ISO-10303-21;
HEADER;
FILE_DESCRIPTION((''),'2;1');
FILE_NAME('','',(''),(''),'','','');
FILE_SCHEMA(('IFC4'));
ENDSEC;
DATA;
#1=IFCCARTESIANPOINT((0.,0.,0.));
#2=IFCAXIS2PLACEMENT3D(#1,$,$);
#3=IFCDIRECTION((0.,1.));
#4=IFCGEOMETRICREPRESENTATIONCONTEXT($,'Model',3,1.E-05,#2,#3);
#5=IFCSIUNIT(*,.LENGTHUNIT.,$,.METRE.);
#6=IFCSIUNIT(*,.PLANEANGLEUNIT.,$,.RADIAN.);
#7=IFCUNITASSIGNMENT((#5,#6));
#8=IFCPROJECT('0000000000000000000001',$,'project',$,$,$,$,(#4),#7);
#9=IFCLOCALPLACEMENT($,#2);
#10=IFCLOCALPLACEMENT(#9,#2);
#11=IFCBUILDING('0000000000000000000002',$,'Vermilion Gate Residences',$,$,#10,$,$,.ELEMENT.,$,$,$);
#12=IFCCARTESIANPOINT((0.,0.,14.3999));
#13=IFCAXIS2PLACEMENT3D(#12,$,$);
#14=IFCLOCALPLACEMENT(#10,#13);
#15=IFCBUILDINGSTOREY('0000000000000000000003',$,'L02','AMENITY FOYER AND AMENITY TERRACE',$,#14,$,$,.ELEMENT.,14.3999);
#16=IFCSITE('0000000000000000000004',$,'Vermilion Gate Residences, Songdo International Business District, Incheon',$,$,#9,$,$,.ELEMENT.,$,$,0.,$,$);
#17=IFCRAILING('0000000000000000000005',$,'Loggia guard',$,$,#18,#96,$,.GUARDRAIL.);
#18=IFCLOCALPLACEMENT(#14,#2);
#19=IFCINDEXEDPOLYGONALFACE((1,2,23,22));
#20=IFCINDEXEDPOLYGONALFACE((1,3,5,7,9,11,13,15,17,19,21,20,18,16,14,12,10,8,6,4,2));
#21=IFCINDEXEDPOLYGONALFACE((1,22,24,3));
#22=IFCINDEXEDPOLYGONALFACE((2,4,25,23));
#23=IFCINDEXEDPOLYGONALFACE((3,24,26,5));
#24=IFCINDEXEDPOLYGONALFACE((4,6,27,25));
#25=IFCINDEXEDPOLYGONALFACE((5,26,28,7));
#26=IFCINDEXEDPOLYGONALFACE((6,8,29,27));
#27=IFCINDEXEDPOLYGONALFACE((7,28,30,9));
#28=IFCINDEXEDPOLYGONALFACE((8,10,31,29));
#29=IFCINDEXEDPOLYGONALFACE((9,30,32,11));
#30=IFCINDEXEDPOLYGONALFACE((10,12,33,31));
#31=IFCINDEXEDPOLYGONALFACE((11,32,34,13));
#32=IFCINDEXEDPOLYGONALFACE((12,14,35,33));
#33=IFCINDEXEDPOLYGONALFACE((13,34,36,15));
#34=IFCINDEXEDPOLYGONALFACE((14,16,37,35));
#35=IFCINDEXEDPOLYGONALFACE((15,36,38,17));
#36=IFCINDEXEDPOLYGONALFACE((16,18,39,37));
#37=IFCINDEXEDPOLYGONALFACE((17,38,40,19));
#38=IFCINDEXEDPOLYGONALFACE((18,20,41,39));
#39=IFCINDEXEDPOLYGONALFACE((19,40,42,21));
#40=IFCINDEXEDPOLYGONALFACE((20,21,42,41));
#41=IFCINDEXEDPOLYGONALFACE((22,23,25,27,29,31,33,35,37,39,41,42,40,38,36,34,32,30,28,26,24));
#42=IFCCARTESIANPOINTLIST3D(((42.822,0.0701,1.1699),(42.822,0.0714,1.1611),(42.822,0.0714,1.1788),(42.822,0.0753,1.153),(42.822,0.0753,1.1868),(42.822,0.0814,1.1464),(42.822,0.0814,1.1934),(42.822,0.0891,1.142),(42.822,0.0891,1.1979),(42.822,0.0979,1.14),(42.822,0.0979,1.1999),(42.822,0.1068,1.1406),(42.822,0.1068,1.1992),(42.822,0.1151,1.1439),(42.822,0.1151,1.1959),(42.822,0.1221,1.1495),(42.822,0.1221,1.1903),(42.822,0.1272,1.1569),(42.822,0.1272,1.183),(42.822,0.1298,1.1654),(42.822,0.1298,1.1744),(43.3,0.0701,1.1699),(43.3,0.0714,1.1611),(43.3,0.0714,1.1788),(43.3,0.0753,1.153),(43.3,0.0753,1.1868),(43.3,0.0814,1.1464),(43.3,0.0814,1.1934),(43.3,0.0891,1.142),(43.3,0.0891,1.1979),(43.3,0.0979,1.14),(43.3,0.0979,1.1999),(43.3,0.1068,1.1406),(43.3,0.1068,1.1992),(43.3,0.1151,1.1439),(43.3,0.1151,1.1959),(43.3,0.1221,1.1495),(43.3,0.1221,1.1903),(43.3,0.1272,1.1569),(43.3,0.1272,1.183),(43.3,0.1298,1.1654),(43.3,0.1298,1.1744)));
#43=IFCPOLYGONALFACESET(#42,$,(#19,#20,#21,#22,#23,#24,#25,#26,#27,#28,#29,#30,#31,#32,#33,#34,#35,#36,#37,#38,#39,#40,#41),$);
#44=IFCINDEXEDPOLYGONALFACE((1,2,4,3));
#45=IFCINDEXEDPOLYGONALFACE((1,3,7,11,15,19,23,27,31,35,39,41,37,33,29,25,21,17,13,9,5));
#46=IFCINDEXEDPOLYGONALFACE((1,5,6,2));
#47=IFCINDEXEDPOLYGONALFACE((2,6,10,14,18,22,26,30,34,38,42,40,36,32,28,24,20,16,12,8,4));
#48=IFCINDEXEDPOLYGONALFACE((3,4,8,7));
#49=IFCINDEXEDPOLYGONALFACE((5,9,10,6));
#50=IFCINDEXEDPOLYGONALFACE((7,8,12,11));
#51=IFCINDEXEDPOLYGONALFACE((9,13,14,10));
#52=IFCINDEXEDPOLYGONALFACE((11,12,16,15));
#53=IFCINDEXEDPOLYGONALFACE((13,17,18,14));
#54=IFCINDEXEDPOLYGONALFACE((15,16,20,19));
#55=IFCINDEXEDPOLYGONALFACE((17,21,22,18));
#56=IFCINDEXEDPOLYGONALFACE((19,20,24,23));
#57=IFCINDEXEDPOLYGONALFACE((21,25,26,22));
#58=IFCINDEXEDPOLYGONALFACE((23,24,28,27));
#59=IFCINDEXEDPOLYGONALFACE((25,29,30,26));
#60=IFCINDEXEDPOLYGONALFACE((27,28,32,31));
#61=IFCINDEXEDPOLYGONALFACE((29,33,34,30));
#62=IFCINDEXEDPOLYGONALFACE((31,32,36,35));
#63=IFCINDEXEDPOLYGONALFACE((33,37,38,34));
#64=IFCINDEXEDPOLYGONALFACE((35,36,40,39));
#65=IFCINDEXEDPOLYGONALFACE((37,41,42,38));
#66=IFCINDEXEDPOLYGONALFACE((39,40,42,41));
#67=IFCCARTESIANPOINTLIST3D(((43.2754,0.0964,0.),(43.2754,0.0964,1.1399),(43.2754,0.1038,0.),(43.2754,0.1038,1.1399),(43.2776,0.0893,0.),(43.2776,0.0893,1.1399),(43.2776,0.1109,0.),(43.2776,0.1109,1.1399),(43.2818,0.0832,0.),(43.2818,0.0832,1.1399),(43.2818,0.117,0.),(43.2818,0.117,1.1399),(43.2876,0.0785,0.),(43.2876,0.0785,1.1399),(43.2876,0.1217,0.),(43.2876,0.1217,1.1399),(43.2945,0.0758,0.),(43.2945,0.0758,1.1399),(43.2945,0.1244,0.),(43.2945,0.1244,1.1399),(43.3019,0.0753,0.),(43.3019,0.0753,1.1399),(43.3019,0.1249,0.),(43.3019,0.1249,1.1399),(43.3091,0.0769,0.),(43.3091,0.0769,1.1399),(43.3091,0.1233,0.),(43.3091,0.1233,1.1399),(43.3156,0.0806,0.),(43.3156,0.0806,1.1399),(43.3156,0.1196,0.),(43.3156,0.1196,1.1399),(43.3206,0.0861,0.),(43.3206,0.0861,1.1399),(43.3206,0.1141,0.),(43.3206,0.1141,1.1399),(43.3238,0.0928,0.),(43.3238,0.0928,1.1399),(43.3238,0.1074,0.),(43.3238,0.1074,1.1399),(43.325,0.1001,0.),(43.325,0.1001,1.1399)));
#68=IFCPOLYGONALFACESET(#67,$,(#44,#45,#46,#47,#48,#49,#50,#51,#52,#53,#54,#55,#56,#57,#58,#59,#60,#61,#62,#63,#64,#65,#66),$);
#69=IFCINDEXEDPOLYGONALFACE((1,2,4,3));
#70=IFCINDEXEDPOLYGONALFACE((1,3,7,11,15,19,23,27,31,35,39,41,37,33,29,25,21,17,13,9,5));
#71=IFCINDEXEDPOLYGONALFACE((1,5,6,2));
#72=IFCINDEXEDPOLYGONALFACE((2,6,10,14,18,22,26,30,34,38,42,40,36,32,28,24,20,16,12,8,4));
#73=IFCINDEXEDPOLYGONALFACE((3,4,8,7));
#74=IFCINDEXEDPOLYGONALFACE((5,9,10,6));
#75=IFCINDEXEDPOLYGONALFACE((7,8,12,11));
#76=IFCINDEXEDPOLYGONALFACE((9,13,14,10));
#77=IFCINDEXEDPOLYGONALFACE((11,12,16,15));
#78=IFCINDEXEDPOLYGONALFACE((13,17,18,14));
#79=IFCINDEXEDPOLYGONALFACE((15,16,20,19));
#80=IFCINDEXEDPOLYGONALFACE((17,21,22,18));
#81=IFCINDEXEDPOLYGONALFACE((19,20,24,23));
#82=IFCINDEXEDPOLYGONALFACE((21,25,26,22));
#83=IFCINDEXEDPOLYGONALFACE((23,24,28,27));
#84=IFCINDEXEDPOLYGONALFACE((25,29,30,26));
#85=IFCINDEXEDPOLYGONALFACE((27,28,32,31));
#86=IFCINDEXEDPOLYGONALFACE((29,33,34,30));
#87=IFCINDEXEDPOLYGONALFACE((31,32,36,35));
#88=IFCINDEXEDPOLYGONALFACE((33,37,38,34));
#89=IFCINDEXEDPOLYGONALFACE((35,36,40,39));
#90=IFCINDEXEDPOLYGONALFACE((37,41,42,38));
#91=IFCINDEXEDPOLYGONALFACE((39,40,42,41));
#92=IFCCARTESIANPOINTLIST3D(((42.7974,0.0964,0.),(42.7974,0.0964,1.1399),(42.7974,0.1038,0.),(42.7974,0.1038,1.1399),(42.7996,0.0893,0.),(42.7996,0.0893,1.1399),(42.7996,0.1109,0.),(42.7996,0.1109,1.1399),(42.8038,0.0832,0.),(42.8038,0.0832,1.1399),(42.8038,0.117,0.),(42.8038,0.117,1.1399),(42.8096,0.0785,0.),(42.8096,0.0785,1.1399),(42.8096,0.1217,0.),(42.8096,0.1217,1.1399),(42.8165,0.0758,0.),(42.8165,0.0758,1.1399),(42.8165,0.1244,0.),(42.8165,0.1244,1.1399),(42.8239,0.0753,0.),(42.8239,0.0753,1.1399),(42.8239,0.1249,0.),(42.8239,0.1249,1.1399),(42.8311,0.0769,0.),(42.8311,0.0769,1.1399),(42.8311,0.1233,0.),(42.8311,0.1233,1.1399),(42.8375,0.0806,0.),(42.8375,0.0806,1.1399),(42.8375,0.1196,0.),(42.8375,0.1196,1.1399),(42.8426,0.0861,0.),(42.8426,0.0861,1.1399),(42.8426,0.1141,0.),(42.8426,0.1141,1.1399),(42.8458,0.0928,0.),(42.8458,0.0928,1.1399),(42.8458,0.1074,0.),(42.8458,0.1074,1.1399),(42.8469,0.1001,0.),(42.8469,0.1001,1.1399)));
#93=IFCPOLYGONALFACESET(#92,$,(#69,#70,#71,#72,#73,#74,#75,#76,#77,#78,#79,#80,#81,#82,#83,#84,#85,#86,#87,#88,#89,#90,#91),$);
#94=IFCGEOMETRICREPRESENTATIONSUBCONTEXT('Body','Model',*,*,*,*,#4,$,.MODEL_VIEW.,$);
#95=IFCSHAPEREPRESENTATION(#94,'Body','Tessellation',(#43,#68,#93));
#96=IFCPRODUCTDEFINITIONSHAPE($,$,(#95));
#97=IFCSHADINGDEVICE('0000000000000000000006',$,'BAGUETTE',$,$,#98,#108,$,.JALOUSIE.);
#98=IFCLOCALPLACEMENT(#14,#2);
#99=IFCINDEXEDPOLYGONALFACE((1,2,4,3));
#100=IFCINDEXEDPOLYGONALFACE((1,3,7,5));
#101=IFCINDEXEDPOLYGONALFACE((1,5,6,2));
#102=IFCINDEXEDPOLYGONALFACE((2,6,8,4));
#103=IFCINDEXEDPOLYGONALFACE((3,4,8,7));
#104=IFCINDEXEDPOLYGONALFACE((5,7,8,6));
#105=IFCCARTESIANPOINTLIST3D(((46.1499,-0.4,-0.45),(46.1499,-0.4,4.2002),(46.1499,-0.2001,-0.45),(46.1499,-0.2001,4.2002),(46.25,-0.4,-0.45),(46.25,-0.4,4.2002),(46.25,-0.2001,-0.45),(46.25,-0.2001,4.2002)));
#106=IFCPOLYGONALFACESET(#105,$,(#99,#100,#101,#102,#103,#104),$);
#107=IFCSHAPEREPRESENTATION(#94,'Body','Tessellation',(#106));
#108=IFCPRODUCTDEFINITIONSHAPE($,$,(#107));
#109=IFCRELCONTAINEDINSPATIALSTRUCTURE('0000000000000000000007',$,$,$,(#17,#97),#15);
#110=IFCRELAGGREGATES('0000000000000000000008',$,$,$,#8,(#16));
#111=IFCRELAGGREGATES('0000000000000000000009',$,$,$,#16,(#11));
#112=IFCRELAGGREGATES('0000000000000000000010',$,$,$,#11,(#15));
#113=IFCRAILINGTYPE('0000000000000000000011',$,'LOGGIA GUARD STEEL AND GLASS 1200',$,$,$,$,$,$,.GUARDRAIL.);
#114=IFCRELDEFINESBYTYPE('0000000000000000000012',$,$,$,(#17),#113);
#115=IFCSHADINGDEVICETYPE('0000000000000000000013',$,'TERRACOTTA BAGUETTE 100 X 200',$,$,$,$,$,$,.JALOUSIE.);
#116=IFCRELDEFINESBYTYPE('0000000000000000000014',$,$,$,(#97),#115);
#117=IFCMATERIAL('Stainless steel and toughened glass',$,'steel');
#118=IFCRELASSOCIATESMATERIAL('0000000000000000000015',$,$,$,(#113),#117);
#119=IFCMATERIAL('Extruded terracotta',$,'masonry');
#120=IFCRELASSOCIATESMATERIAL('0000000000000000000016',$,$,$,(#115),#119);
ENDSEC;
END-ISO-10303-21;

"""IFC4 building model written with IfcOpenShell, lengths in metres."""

from ifc_helpers import new_model, si_unit, direction, frame, origin, origin_2d, place, context, subcontext, project, spatial, rectangle, circle, extrude, material, material_profile, profile_set, type_object, element, save


model = new_model("IFC4")

# Units and contexts
model_context = context("Model", 3, precision=1e-05, world=origin(), true_north=direction((0.0, 1.0)))
body_context = subcontext(model_context, "Body", "Model", "MODEL_VIEW")
ifc_project = project(units=[si_unit("LENGTHUNIT", "METRE"), si_unit("PLANEANGLEUNIT", "RADIAN")], contexts=[model_context])

# Site, building, storey
site_placement = place(None, origin())
site = spatial("IfcSite", under=ifc_project, at=site_placement, Name="Vermilion Gate Residences, Songdo International Business District, Incheon", CompositionType="ELEMENT", RefElevation=0.0)
building_placement = place(site_placement, origin())
building = spatial("IfcBuilding", under=site, at=building_placement, Name="Vermilion Gate Residences", CompositionType="ELEMENT")
storey_placement = place(building_placement, frame((0.0, 0.0, 14.3999)))
storey = spatial("IfcBuildingStorey", under=building, at=storey_placement, Name="L02", Description="AMENITY FOYER AND AMENITY TERRACE", CompositionType="ELEMENT", Elevation=14.3999)

# Railing
ifc_material_1 = material(Name="Stainless steel and toughened glass", Category="steel")
railing_type = type_object("IfcRailingType", Name="LOGGIA GUARD STEEL AND GLASS 1200", PredefinedType="GUARDRAIL", material=ifc_material_1)
railing_placement = place(storey_placement, frame((43.3, 0.1001, 0.0)))
element("IfcRailing", 1, at=railing_placement, inside=storey, type_object=railing_type, Name="Loggia guard", PredefinedType="GUARDRAIL", context=body_context, shape_type="SweptSolid", body=[
    extrude(circle(Radius=0.03, at=origin_2d()), frame((0.0, 0.0, 1.1699), z_axis=(-1.0, 0.0, 0.0), x_axis=(0.0, -1.0, 0.0)), (0.0, 0.0, 1.0), 0.478),
    extrude(circle(Radius=0.0249, at=origin_2d()), origin(), (0.0, 0.0, 1.0), 1.1399),
    extrude(circle(Radius=0.0249, at=origin_2d()), frame((-0.478, 0.0, 0.0)), (0.0, 0.0, 1.0), 1.1399),
])

# Shading device
ifc_material_2 = material(Name="Extruded terracotta", Category="masonry")
ifc_material_profile_1 = material_profile(ifc_material_2, rectangle(XDim=0.2, YDim=0.1001, at=origin_2d()), Name="BAGUETTE 100 X 200")
ifc_profile_set_1 = profile_set([ifc_material_profile_1], Name="Extruded terracotta")
shading_device_type = type_object("IfcShadingDeviceType", Name="TERRACOTTA BAGUETTE 100 X 200", PredefinedType="JALOUSIE", material=ifc_profile_set_1)
shading_device_placement = place(storey_placement, frame((46.2, -0.3, -0.45), z_axis=(0.0, 0.0, 1.0), x_axis=(0.0, 1.0, 0.0)))
element("IfcShadingDevice", 2, at=shading_device_placement, inside=storey, type_object=shading_device_type, Name="BAGUETTE", PredefinedType="JALOUSIE", context=body_context, shape_type="SweptSolid", body=[
    extrude(rectangle(XDim=0.2, YDim=0.1001, at=origin_2d()), origin(), (0.0, 0.0, 1.0), 4.6501),
])

save(model, "model.ifc")
